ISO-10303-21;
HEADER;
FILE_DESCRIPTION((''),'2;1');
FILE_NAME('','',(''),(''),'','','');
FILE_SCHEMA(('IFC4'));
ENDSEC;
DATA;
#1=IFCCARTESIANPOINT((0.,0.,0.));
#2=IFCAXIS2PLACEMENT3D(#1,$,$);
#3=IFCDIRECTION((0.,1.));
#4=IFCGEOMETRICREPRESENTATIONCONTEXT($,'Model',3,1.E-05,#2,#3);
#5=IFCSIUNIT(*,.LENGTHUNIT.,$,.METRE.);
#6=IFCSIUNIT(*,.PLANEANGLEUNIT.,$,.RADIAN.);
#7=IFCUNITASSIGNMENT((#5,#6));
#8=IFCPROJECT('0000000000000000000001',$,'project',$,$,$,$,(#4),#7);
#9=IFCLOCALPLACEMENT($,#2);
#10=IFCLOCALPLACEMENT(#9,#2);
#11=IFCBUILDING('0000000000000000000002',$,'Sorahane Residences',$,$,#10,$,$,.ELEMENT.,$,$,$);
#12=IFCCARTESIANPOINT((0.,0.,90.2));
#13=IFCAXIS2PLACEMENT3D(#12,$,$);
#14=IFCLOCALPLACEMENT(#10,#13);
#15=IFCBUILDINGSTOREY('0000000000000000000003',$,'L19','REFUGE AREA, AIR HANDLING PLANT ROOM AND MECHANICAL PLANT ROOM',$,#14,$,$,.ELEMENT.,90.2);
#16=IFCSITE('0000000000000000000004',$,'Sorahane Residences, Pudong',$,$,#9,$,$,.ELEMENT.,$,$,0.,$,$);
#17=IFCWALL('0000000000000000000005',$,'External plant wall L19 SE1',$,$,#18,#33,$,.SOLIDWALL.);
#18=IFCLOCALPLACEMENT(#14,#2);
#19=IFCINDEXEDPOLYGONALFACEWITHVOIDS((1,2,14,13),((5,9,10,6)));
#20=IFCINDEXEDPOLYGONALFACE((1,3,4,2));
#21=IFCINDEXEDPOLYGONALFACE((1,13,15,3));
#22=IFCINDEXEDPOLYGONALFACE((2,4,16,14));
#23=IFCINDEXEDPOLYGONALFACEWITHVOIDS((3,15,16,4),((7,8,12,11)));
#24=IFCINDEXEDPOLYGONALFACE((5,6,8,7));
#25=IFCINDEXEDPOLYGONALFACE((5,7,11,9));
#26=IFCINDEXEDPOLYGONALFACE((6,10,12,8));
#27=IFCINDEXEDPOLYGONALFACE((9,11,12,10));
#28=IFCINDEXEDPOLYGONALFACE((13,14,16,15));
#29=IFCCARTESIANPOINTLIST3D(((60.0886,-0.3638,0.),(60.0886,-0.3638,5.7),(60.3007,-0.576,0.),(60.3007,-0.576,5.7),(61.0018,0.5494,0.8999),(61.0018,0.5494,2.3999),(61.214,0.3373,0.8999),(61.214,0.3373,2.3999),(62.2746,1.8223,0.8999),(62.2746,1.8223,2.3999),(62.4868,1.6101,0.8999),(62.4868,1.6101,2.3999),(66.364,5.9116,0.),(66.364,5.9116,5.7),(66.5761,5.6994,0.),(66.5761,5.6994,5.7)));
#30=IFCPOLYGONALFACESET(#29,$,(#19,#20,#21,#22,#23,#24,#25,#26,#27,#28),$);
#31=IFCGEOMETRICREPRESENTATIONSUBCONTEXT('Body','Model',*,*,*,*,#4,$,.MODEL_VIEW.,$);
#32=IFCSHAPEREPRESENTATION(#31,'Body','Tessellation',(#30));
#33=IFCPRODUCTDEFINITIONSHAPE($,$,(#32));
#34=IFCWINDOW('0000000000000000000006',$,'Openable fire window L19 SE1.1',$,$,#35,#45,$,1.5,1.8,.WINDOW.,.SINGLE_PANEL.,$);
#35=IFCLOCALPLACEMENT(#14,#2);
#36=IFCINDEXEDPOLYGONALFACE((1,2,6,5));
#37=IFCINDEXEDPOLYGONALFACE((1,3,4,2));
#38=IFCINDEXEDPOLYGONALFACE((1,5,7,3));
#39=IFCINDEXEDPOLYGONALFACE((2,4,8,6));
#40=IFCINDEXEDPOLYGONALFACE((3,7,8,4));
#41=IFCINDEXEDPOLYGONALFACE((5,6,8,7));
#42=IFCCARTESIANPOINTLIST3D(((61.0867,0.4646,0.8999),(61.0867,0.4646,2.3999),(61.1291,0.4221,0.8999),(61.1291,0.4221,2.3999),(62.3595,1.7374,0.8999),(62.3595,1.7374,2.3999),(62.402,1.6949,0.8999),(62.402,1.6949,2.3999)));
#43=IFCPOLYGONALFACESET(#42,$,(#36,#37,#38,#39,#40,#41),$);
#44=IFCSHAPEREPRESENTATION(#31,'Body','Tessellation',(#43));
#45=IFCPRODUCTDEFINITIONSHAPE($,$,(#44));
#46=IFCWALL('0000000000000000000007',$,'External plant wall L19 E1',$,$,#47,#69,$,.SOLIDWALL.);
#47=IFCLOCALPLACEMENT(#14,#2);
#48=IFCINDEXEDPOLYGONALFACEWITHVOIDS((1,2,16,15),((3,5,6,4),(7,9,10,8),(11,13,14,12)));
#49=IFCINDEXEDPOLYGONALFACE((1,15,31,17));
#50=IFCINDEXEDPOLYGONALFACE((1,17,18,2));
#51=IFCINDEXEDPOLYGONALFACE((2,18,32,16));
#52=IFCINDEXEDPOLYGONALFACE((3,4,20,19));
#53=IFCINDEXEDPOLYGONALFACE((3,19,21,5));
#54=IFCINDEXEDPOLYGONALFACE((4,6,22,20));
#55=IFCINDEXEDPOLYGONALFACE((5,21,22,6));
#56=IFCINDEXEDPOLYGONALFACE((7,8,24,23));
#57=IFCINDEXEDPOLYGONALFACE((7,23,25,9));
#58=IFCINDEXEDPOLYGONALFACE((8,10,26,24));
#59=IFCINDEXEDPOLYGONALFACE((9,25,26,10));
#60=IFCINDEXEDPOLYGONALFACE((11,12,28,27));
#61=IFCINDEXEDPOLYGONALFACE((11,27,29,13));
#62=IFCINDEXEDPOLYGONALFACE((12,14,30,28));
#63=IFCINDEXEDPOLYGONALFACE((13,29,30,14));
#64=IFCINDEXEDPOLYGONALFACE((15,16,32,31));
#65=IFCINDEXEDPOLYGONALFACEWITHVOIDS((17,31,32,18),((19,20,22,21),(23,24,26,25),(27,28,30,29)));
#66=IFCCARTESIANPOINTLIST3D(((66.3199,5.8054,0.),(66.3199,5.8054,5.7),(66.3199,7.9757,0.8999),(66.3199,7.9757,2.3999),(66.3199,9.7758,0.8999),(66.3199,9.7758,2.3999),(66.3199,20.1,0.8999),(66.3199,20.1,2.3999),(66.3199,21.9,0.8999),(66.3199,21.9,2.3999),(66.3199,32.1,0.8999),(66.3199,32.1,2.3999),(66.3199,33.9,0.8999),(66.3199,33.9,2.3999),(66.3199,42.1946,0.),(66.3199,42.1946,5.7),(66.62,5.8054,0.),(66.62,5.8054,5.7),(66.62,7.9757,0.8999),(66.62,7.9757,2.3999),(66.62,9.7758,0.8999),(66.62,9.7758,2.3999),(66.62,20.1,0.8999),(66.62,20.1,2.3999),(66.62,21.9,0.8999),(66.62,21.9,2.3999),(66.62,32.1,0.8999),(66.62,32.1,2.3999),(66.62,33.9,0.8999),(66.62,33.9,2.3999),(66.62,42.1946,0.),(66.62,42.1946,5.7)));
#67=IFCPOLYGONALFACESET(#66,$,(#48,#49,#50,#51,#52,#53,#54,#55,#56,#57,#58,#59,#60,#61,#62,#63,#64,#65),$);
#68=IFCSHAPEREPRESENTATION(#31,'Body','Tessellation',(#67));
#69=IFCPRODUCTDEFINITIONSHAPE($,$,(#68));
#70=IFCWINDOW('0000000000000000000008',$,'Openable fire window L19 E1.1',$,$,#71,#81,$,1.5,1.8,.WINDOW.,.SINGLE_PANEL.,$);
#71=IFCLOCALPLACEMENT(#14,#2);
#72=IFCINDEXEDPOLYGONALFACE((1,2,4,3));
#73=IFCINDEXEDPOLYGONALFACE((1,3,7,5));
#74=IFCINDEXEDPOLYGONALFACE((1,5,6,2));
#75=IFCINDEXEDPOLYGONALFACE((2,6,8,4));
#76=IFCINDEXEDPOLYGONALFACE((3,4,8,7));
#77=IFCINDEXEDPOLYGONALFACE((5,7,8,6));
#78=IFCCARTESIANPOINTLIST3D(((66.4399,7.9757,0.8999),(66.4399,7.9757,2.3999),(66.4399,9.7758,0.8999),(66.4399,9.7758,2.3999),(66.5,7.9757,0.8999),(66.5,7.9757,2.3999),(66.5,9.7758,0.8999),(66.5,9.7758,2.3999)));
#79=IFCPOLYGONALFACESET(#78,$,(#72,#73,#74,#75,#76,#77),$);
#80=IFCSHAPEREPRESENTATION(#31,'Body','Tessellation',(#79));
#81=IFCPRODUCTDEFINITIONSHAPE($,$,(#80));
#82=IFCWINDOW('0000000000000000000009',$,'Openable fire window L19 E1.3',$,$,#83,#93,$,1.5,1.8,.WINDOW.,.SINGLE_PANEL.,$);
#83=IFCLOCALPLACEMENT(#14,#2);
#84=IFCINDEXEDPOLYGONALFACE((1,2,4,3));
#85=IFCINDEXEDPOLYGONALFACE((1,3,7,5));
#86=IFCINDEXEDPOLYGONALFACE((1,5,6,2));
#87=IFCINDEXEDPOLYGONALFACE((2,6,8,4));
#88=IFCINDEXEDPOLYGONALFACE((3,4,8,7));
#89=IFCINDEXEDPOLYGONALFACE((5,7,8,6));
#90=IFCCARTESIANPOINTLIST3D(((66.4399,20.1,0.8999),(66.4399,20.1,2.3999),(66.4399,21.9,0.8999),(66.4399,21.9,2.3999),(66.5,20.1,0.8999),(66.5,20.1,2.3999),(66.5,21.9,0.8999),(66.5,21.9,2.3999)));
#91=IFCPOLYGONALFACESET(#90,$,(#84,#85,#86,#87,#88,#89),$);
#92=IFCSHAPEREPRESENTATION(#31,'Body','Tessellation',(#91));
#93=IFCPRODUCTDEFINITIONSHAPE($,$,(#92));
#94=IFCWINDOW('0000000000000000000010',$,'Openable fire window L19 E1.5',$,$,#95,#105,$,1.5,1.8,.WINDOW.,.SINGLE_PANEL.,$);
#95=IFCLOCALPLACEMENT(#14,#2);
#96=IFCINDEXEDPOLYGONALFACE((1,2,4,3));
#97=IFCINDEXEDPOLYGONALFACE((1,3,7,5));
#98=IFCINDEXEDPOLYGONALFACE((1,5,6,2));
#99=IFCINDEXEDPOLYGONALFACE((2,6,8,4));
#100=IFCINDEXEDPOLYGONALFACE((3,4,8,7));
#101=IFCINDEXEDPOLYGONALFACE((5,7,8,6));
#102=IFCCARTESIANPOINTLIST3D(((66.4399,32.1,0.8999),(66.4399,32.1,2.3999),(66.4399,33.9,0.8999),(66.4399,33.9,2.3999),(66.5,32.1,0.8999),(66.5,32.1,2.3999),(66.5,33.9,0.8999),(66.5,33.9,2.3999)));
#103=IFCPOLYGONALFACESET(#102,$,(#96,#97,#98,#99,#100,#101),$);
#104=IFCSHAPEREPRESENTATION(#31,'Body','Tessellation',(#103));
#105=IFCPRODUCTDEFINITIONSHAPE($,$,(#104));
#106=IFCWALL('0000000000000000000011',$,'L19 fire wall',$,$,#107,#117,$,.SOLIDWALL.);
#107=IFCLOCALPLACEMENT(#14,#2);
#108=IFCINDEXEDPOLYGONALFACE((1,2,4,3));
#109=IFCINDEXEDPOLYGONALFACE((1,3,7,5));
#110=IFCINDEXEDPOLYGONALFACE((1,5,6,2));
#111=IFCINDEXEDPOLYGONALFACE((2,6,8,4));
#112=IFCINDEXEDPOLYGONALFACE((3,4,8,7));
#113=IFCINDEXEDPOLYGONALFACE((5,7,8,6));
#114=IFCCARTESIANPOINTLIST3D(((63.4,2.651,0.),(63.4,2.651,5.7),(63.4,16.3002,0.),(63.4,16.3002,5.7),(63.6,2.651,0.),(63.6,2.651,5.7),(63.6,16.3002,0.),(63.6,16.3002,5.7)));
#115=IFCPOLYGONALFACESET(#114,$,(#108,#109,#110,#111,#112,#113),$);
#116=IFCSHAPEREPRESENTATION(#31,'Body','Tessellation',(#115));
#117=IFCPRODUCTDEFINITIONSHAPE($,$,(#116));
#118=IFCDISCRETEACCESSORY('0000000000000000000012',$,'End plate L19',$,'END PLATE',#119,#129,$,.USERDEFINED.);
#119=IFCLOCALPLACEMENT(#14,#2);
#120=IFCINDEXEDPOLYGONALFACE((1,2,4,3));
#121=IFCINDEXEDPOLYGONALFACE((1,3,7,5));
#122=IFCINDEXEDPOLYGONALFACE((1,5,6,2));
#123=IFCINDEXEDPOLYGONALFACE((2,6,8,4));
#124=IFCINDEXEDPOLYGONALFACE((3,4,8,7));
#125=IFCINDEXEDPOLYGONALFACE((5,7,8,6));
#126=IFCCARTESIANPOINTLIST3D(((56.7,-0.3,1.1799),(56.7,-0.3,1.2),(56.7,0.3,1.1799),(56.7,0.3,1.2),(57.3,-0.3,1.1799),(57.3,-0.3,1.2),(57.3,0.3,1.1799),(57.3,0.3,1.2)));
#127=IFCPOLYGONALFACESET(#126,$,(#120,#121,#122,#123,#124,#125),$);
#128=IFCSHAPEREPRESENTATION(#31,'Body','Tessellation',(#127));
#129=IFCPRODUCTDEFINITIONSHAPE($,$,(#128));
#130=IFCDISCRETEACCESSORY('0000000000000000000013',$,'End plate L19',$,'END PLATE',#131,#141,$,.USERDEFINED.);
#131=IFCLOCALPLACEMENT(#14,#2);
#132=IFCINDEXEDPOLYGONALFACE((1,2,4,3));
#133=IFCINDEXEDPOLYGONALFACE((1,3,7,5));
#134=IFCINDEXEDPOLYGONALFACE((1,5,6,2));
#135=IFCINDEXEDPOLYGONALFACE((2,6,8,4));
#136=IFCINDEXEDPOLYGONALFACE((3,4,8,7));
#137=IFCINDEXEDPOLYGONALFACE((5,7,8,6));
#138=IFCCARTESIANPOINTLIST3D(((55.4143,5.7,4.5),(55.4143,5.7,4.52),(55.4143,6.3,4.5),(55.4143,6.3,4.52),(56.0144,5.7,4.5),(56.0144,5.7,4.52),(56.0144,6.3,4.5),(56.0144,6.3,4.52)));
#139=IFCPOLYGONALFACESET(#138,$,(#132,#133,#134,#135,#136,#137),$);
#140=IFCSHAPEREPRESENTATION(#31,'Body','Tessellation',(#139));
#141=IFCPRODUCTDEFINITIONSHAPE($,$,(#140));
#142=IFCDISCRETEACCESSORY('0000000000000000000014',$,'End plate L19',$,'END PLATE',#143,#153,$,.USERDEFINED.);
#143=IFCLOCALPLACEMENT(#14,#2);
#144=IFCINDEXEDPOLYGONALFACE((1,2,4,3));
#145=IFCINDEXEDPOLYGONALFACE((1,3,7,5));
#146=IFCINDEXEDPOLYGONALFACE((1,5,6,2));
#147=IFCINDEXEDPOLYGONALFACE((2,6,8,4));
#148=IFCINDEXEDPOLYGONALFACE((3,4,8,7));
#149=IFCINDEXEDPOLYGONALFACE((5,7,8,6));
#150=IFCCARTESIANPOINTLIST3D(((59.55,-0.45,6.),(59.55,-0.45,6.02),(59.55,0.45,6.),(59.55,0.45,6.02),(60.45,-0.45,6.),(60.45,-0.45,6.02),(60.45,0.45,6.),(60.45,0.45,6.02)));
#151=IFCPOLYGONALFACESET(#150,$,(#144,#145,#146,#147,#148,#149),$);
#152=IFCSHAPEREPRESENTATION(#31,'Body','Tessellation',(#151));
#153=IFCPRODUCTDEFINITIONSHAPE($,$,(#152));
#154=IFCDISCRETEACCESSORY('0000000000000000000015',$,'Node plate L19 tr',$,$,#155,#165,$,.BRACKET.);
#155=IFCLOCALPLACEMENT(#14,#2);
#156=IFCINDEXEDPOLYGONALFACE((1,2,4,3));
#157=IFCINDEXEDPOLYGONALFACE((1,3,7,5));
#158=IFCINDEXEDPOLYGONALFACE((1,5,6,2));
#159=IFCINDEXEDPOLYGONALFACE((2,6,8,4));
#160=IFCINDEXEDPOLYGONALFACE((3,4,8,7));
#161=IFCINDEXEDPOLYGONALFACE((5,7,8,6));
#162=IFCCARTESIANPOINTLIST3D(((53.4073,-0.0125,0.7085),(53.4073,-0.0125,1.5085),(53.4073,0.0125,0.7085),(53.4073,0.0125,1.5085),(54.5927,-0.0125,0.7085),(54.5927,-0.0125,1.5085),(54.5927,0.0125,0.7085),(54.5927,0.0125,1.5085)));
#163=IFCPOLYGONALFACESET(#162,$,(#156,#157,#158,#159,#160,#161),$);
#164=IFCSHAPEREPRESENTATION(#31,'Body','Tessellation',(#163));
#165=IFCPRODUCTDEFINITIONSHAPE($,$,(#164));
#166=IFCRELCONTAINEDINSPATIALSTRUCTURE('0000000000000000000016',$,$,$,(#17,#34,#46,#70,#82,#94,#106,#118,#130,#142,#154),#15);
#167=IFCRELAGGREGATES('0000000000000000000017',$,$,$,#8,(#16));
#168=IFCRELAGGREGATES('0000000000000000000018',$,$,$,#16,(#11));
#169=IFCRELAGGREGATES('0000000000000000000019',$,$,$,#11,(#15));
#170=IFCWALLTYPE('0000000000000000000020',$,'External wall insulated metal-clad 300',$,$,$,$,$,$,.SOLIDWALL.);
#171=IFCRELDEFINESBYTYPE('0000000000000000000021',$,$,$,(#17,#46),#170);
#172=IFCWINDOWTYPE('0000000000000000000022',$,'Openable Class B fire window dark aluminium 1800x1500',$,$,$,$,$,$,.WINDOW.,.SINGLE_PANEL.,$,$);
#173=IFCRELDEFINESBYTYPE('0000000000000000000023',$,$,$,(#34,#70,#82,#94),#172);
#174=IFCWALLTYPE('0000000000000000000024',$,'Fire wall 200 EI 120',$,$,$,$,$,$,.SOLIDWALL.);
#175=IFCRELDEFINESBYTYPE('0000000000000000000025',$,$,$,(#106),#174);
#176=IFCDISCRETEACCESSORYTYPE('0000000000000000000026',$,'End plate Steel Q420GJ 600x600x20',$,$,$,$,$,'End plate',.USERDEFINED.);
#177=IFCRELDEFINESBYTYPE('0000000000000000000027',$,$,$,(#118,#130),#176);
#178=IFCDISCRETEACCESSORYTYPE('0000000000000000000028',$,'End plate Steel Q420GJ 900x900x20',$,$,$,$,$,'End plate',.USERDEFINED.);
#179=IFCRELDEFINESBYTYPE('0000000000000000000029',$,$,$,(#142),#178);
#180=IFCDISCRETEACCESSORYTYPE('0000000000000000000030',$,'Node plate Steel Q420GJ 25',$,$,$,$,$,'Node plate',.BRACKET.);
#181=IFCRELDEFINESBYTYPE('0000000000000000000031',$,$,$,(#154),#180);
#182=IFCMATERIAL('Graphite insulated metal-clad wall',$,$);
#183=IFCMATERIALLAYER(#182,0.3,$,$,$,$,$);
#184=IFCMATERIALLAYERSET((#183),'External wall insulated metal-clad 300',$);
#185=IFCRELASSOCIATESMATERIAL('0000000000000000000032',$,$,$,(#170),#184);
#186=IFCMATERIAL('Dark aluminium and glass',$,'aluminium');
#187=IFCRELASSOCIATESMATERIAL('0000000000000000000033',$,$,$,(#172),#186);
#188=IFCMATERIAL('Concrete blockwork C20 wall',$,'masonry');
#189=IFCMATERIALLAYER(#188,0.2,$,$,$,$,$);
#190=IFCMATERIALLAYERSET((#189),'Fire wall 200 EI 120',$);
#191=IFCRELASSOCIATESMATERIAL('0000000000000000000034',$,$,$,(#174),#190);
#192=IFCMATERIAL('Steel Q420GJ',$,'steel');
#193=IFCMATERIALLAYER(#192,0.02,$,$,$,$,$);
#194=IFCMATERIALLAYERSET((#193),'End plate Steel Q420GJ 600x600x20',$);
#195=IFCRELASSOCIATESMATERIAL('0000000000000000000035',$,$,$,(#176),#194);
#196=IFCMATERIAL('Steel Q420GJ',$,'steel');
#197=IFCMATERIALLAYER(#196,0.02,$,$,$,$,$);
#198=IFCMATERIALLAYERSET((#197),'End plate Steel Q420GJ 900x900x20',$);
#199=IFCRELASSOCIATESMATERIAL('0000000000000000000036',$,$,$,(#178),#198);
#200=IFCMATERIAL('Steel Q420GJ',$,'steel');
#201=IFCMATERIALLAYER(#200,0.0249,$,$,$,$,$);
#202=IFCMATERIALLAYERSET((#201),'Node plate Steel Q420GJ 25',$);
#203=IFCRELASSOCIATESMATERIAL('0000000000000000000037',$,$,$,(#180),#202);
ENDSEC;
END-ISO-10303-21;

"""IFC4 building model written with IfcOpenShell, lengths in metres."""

from ifc_helpers import new_model, si_unit, direction, frame, frame_2d, origin, origin_2d, place, context, subcontext, project, spatial, rectangle, extrude, material, layer, layer_set, type_object, element, fill, save


model = new_model("IFC4")

# Units and contexts
model_context = context("Model", 3, precision=1e-05, world=origin(), true_north=direction((0.0, 1.0)))
body_context = subcontext(model_context, "Body", "Model", "MODEL_VIEW")
ifc_project = project(units=[si_unit("LENGTHUNIT", "METRE"), si_unit("PLANEANGLEUNIT", "RADIAN")], contexts=[model_context])

# Site, building, storey
site_placement = place(None, origin())
site = spatial("IfcSite", under=ifc_project, at=site_placement, Name="Sorahane Residences, Pudong", CompositionType="ELEMENT", RefElevation=0.0)
building_placement = place(site_placement, origin())
building = spatial("IfcBuilding", under=site, at=building_placement, Name="Sorahane Residences", CompositionType="ELEMENT")
storey_placement = place(building_placement, frame((0.0, 0.0, 90.2)))
storey = spatial("IfcBuildingStorey", under=building, at=storey_placement, Name="L19", Description="REFUGE AREA, AIR HANDLING PLANT ROOM AND MECHANICAL PLANT ROOM", CompositionType="ELEMENT", Elevation=90.2)

# Wall, opening, window
ifc_material_1 = material(Name="Graphite insulated metal-clad wall")
ifc_layer_1 = layer(ifc_material_1, 0.3)
ifc_layer_set_1 = layer_set([ifc_layer_1], Name="External wall insulated metal-clad 300")
wall_type_1 = type_object("IfcWallType", Name="External wall insulated metal-clad 300", PredefinedType="SOLIDWALL", material=ifc_layer_set_1)
wall_1_placement = place(storey_placement, frame((60.1946, -0.47, 0.0), z_axis=(0.0, 0.0, 1.0), x_axis=(0.707107, 0.707107, 0.0)))
wall_1 = element("IfcWall", 1, at=wall_1_placement, inside=storey, type_object=wall_type_1, Name="External plant wall L19 SE1", PredefinedType="SOLIDWALL", context=body_context, shape_type="SweptSolid", body=[
    extrude(rectangle(XDim=8.8748, YDim=0.3, at=frame_2d((4.4375, 0.0))), origin(), (0.0, 0.0, 1.0), 5.7),
])
opening_1_placement = place(wall_1_placement, frame((1.2917, 0.0, 0.8999)))
opening_1 = element("IfcOpeningElement", 2, at=opening_1_placement, cuts=wall_1, PredefinedType="OPENING", context=body_context, shape_type="SweptSolid", body=[
    extrude(rectangle(XDim=1.8, YDim=1.5, at=frame_2d((0.8999, 0.75))), frame((0.0, 0.1599, 0.0), z_axis=(0.0, -1.0, 0.0), x_axis=(1.0, 0.0, 0.0)), (0.0, 0.0, 1.0), 0.3201),
])
ifc_material_2 = material(Name="Dark aluminium and glass", Category="aluminium")
window_type = type_object("IfcWindowType", Name="Openable Class B fire window dark aluminium 1800x1500", PartitioningType="SINGLE_PANEL", PredefinedType="WINDOW", material=ifc_material_2)
window_1_placement = place(opening_1_placement, origin())
window_1 = element("IfcWindow", 3, at=window_1_placement, inside=storey, type_object=window_type, Name="Openable fire window L19 SE1.1", OverallHeight=1.5, OverallWidth=1.8, PartitioningType="SINGLE_PANEL", PredefinedType="WINDOW", context=body_context, shape_type="SweptSolid", body=[
    extrude(rectangle(XDim=1.8, YDim=1.5, at=frame_2d((0.8999, 0.75))), frame((0.0, 0.03, 0.0), z_axis=(0.0, -1.0, 0.0), x_axis=(1.0, 0.0, 0.0)), (0.0, 0.0, 1.0), 0.0601),
])
fill(opening_1, window_1)

# Wall, openings, windows
wall_2_placement = place(storey_placement, frame((66.47, 5.8054, 0.0), z_axis=(0.0, 0.0, 1.0), x_axis=(0.0, 1.0, 0.0)))
wall_2 = element("IfcWall", 4, at=wall_2_placement, inside=storey, type_object=wall_type_1, Name="External plant wall L19 E1", PredefinedType="SOLIDWALL", context=body_context, shape_type="SweptSolid", body=[
    extrude(rectangle(XDim=36.3892, YDim=0.3, at=frame_2d((18.1946, 0.0))), origin(), (0.0, 0.0, 1.0), 5.7),
])
opening_2_placement = place(wall_2_placement, frame((2.1704, 0.0, 0.8999)))
opening_2 = element("IfcOpeningElement", 5, at=opening_2_placement, cuts=wall_2, PredefinedType="OPENING", context=body_context, shape_type="SweptSolid", body=[
    extrude(rectangle(XDim=1.8, YDim=1.5, at=frame_2d((0.8999, 0.75))), frame((0.0, 0.1599, 0.0), z_axis=(0.0, -1.0, 0.0), x_axis=(1.0, 0.0, 0.0)), (0.0, 0.0, 1.0), 0.3201),
])
opening_3_placement = place(wall_2_placement, frame((14.2947, 0.0, 0.8999)))
opening_3 = element("IfcOpeningElement", 6, at=opening_3_placement, cuts=wall_2, PredefinedType="OPENING", context=body_context, shape_type="SweptSolid", body=[
    extrude(rectangle(XDim=1.8, YDim=1.5, at=frame_2d((0.8999, 0.75))), frame((0.0, 0.1599, 0.0), z_axis=(0.0, -1.0, 0.0), x_axis=(1.0, 0.0, 0.0)), (0.0, 0.0, 1.0), 0.3201),
])
opening_4_placement = place(wall_2_placement, frame((26.2947, 0.0, 0.8999)))
opening_4 = element("IfcOpeningElement", 7, at=opening_4_placement, cuts=wall_2, PredefinedType="OPENING", context=body_context, shape_type="SweptSolid", body=[
    extrude(rectangle(XDim=1.8, YDim=1.5, at=frame_2d((0.8999, 0.75))), frame((0.0, 0.1599, 0.0), z_axis=(0.0, -1.0, 0.0), x_axis=(1.0, 0.0, 0.0)), (0.0, 0.0, 1.0), 0.3201),
])
window_2_placement = place(opening_2_placement, origin())
window_2 = element("IfcWindow", 8, at=window_2_placement, inside=storey, type_object=window_type, Name="Openable fire window L19 E1.1", OverallHeight=1.5, OverallWidth=1.8, PartitioningType="SINGLE_PANEL", PredefinedType="WINDOW", context=body_context, shape_type="SweptSolid", body=[
    extrude(rectangle(XDim=1.8, YDim=1.5, at=frame_2d((0.8999, 0.75))), frame((0.0, 0.03, 0.0), z_axis=(0.0, -1.0, 0.0), x_axis=(1.0, 0.0, 0.0)), (0.0, 0.0, 1.0), 0.0601),
])
fill(opening_2, window_2)
window_3_placement = place(opening_3_placement, origin())
window_3 = element("IfcWindow", 9, at=window_3_placement, inside=storey, type_object=window_type, Name="Openable fire window L19 E1.3", OverallHeight=1.5, OverallWidth=1.8, PartitioningType="SINGLE_PANEL", PredefinedType="WINDOW", context=body_context, shape_type="SweptSolid", body=[
    extrude(rectangle(XDim=1.8, YDim=1.5, at=frame_2d((0.8999, 0.75))), frame((0.0, 0.03, 0.0), z_axis=(0.0, -1.0, 0.0), x_axis=(1.0, 0.0, 0.0)), (0.0, 0.0, 1.0), 0.0601),
])
fill(opening_3, window_3)
window_4_placement = place(opening_4_placement, origin())
window_4 = element("IfcWindow", 10, at=window_4_placement, inside=storey, type_object=window_type, Name="Openable fire window L19 E1.5", OverallHeight=1.5, OverallWidth=1.8, PartitioningType="SINGLE_PANEL", PredefinedType="WINDOW", context=body_context, shape_type="SweptSolid", body=[
    extrude(rectangle(XDim=1.8, YDim=1.5, at=frame_2d((0.8999, 0.75))), frame((0.0, 0.03, 0.0), z_axis=(0.0, -1.0, 0.0), x_axis=(1.0, 0.0, 0.0)), (0.0, 0.0, 1.0), 0.0601),
])
fill(opening_4, window_4)

# Wall
ifc_material_3 = material(Name="Concrete blockwork C20 wall", Category="masonry")
ifc_layer_2 = layer(ifc_material_3, 0.2)
ifc_layer_set_2 = layer_set([ifc_layer_2], Name="Fire wall 200 EI 120")
wall_type_2 = type_object("IfcWallType", Name="Fire wall 200 EI 120", PredefinedType="SOLIDWALL", material=ifc_layer_set_2)
wall_3_placement = place(storey_placement, frame((63.5, 2.6509, 0.0), z_axis=(0.0, 0.0, 1.0), x_axis=(0.0, 1.0, 0.0)))
element("IfcWall", 11, at=wall_3_placement, inside=storey, type_object=wall_type_2, Name="L19 fire wall", PredefinedType="SOLIDWALL", context=body_context, shape_type="SweptSolid", body=[
    extrude(rectangle(XDim=13.6492, YDim=0.2, at=frame_2d((6.8247, 0.0))), origin(), (0.0, 0.0, 1.0), 5.7),
])

# Discrete accessories
ifc_material_4 = material(Name="Steel Q420GJ", Category="steel")
ifc_layer_3 = layer(ifc_material_4, 0.02)
ifc_layer_set_3 = layer_set([ifc_layer_3], Name="End plate Steel Q420GJ 600x600x20")
discrete_accessory_type_1 = type_object("IfcDiscreteAccessoryType", Name="End plate Steel Q420GJ 600x600x20", ElementType="End plate", PredefinedType="USERDEFINED", material=ifc_layer_set_3)
for number, where, z_axis, x_axis, name in (
    (12, (57.0, 0.0, 1.1799), (0.0, 0.0, 1.0), (1.0, 0.0, 0.0), "End plate L19"),
    (13, (55.7144, 6.0, 4.5), (0.0, 0.0, 1.0), (1.0, 0.0, 0.0), "End plate L19"),
):
    element("IfcDiscreteAccessory", number, at=place(storey_placement, frame(where, z_axis=z_axis, x_axis=x_axis)), inside=storey, type_object=discrete_accessory_type_1, Name=name, ObjectType="END PLATE", PredefinedType="USERDEFINED", context=body_context, shape_type="SweptSolid", body=[
        extrude(rectangle(XDim=0.6001, YDim=0.6001, at=origin_2d()), origin(), (0.0, 0.0, 1.0), 0.02),
    ])
ifc_material_5 = material(Name="Steel Q420GJ", Category="steel")
ifc_layer_4 = layer(ifc_material_5, 0.02)
ifc_layer_set_4 = layer_set([ifc_layer_4], Name="End plate Steel Q420GJ 900x900x20")
discrete_accessory_type_2 = type_object("IfcDiscreteAccessoryType", Name="End plate Steel Q420GJ 900x900x20", ElementType="End plate", PredefinedType="USERDEFINED", material=ifc_layer_set_4)
discrete_accessory_1_placement = place(storey_placement, frame((60.0, 0.0, 6.0), z_axis=(0.0, 0.0, 1.0), x_axis=(1.0, 0.0, 0.0)))
element("IfcDiscreteAccessory", 14, at=discrete_accessory_1_placement, inside=storey, type_object=discrete_accessory_type_2, Name="End plate L19", ObjectType="END PLATE", PredefinedType="USERDEFINED", context=body_context, shape_type="SweptSolid", body=[
    extrude(rectangle(XDim=0.8999, YDim=0.8999, at=origin_2d()), origin(), (0.0, 0.0, 1.0), 0.02),
])
ifc_material_6 = material(Name="Steel Q420GJ", Category="steel")
ifc_layer_5 = layer(ifc_material_6, 0.0249)
ifc_layer_set_5 = layer_set([ifc_layer_5], Name="Node plate Steel Q420GJ 25")
discrete_accessory_type_3 = type_object("IfcDiscreteAccessoryType", Name="Node plate Steel Q420GJ 25", ElementType="Node plate", PredefinedType="BRACKET", material=ifc_layer_set_5)
discrete_accessory_2_placement = place(storey_placement, frame((54.0, 0.0, 0.7085), z_axis=(0.0, 0.0, 1.0), x_axis=(1.0, 0.0, 0.0)))
element("IfcDiscreteAccessory", 15, at=discrete_accessory_2_placement, inside=storey, type_object=discrete_accessory_type_3, Name="Node plate L19 tr", PredefinedType="BRACKET", context=body_context, shape_type="SweptSolid", body=[
    extrude(rectangle(XDim=1.1853, YDim=0.0249, at=origin_2d()), origin(), (0.0, 0.0, 1.0), 0.8),
])

save(model, "model.ifc")
